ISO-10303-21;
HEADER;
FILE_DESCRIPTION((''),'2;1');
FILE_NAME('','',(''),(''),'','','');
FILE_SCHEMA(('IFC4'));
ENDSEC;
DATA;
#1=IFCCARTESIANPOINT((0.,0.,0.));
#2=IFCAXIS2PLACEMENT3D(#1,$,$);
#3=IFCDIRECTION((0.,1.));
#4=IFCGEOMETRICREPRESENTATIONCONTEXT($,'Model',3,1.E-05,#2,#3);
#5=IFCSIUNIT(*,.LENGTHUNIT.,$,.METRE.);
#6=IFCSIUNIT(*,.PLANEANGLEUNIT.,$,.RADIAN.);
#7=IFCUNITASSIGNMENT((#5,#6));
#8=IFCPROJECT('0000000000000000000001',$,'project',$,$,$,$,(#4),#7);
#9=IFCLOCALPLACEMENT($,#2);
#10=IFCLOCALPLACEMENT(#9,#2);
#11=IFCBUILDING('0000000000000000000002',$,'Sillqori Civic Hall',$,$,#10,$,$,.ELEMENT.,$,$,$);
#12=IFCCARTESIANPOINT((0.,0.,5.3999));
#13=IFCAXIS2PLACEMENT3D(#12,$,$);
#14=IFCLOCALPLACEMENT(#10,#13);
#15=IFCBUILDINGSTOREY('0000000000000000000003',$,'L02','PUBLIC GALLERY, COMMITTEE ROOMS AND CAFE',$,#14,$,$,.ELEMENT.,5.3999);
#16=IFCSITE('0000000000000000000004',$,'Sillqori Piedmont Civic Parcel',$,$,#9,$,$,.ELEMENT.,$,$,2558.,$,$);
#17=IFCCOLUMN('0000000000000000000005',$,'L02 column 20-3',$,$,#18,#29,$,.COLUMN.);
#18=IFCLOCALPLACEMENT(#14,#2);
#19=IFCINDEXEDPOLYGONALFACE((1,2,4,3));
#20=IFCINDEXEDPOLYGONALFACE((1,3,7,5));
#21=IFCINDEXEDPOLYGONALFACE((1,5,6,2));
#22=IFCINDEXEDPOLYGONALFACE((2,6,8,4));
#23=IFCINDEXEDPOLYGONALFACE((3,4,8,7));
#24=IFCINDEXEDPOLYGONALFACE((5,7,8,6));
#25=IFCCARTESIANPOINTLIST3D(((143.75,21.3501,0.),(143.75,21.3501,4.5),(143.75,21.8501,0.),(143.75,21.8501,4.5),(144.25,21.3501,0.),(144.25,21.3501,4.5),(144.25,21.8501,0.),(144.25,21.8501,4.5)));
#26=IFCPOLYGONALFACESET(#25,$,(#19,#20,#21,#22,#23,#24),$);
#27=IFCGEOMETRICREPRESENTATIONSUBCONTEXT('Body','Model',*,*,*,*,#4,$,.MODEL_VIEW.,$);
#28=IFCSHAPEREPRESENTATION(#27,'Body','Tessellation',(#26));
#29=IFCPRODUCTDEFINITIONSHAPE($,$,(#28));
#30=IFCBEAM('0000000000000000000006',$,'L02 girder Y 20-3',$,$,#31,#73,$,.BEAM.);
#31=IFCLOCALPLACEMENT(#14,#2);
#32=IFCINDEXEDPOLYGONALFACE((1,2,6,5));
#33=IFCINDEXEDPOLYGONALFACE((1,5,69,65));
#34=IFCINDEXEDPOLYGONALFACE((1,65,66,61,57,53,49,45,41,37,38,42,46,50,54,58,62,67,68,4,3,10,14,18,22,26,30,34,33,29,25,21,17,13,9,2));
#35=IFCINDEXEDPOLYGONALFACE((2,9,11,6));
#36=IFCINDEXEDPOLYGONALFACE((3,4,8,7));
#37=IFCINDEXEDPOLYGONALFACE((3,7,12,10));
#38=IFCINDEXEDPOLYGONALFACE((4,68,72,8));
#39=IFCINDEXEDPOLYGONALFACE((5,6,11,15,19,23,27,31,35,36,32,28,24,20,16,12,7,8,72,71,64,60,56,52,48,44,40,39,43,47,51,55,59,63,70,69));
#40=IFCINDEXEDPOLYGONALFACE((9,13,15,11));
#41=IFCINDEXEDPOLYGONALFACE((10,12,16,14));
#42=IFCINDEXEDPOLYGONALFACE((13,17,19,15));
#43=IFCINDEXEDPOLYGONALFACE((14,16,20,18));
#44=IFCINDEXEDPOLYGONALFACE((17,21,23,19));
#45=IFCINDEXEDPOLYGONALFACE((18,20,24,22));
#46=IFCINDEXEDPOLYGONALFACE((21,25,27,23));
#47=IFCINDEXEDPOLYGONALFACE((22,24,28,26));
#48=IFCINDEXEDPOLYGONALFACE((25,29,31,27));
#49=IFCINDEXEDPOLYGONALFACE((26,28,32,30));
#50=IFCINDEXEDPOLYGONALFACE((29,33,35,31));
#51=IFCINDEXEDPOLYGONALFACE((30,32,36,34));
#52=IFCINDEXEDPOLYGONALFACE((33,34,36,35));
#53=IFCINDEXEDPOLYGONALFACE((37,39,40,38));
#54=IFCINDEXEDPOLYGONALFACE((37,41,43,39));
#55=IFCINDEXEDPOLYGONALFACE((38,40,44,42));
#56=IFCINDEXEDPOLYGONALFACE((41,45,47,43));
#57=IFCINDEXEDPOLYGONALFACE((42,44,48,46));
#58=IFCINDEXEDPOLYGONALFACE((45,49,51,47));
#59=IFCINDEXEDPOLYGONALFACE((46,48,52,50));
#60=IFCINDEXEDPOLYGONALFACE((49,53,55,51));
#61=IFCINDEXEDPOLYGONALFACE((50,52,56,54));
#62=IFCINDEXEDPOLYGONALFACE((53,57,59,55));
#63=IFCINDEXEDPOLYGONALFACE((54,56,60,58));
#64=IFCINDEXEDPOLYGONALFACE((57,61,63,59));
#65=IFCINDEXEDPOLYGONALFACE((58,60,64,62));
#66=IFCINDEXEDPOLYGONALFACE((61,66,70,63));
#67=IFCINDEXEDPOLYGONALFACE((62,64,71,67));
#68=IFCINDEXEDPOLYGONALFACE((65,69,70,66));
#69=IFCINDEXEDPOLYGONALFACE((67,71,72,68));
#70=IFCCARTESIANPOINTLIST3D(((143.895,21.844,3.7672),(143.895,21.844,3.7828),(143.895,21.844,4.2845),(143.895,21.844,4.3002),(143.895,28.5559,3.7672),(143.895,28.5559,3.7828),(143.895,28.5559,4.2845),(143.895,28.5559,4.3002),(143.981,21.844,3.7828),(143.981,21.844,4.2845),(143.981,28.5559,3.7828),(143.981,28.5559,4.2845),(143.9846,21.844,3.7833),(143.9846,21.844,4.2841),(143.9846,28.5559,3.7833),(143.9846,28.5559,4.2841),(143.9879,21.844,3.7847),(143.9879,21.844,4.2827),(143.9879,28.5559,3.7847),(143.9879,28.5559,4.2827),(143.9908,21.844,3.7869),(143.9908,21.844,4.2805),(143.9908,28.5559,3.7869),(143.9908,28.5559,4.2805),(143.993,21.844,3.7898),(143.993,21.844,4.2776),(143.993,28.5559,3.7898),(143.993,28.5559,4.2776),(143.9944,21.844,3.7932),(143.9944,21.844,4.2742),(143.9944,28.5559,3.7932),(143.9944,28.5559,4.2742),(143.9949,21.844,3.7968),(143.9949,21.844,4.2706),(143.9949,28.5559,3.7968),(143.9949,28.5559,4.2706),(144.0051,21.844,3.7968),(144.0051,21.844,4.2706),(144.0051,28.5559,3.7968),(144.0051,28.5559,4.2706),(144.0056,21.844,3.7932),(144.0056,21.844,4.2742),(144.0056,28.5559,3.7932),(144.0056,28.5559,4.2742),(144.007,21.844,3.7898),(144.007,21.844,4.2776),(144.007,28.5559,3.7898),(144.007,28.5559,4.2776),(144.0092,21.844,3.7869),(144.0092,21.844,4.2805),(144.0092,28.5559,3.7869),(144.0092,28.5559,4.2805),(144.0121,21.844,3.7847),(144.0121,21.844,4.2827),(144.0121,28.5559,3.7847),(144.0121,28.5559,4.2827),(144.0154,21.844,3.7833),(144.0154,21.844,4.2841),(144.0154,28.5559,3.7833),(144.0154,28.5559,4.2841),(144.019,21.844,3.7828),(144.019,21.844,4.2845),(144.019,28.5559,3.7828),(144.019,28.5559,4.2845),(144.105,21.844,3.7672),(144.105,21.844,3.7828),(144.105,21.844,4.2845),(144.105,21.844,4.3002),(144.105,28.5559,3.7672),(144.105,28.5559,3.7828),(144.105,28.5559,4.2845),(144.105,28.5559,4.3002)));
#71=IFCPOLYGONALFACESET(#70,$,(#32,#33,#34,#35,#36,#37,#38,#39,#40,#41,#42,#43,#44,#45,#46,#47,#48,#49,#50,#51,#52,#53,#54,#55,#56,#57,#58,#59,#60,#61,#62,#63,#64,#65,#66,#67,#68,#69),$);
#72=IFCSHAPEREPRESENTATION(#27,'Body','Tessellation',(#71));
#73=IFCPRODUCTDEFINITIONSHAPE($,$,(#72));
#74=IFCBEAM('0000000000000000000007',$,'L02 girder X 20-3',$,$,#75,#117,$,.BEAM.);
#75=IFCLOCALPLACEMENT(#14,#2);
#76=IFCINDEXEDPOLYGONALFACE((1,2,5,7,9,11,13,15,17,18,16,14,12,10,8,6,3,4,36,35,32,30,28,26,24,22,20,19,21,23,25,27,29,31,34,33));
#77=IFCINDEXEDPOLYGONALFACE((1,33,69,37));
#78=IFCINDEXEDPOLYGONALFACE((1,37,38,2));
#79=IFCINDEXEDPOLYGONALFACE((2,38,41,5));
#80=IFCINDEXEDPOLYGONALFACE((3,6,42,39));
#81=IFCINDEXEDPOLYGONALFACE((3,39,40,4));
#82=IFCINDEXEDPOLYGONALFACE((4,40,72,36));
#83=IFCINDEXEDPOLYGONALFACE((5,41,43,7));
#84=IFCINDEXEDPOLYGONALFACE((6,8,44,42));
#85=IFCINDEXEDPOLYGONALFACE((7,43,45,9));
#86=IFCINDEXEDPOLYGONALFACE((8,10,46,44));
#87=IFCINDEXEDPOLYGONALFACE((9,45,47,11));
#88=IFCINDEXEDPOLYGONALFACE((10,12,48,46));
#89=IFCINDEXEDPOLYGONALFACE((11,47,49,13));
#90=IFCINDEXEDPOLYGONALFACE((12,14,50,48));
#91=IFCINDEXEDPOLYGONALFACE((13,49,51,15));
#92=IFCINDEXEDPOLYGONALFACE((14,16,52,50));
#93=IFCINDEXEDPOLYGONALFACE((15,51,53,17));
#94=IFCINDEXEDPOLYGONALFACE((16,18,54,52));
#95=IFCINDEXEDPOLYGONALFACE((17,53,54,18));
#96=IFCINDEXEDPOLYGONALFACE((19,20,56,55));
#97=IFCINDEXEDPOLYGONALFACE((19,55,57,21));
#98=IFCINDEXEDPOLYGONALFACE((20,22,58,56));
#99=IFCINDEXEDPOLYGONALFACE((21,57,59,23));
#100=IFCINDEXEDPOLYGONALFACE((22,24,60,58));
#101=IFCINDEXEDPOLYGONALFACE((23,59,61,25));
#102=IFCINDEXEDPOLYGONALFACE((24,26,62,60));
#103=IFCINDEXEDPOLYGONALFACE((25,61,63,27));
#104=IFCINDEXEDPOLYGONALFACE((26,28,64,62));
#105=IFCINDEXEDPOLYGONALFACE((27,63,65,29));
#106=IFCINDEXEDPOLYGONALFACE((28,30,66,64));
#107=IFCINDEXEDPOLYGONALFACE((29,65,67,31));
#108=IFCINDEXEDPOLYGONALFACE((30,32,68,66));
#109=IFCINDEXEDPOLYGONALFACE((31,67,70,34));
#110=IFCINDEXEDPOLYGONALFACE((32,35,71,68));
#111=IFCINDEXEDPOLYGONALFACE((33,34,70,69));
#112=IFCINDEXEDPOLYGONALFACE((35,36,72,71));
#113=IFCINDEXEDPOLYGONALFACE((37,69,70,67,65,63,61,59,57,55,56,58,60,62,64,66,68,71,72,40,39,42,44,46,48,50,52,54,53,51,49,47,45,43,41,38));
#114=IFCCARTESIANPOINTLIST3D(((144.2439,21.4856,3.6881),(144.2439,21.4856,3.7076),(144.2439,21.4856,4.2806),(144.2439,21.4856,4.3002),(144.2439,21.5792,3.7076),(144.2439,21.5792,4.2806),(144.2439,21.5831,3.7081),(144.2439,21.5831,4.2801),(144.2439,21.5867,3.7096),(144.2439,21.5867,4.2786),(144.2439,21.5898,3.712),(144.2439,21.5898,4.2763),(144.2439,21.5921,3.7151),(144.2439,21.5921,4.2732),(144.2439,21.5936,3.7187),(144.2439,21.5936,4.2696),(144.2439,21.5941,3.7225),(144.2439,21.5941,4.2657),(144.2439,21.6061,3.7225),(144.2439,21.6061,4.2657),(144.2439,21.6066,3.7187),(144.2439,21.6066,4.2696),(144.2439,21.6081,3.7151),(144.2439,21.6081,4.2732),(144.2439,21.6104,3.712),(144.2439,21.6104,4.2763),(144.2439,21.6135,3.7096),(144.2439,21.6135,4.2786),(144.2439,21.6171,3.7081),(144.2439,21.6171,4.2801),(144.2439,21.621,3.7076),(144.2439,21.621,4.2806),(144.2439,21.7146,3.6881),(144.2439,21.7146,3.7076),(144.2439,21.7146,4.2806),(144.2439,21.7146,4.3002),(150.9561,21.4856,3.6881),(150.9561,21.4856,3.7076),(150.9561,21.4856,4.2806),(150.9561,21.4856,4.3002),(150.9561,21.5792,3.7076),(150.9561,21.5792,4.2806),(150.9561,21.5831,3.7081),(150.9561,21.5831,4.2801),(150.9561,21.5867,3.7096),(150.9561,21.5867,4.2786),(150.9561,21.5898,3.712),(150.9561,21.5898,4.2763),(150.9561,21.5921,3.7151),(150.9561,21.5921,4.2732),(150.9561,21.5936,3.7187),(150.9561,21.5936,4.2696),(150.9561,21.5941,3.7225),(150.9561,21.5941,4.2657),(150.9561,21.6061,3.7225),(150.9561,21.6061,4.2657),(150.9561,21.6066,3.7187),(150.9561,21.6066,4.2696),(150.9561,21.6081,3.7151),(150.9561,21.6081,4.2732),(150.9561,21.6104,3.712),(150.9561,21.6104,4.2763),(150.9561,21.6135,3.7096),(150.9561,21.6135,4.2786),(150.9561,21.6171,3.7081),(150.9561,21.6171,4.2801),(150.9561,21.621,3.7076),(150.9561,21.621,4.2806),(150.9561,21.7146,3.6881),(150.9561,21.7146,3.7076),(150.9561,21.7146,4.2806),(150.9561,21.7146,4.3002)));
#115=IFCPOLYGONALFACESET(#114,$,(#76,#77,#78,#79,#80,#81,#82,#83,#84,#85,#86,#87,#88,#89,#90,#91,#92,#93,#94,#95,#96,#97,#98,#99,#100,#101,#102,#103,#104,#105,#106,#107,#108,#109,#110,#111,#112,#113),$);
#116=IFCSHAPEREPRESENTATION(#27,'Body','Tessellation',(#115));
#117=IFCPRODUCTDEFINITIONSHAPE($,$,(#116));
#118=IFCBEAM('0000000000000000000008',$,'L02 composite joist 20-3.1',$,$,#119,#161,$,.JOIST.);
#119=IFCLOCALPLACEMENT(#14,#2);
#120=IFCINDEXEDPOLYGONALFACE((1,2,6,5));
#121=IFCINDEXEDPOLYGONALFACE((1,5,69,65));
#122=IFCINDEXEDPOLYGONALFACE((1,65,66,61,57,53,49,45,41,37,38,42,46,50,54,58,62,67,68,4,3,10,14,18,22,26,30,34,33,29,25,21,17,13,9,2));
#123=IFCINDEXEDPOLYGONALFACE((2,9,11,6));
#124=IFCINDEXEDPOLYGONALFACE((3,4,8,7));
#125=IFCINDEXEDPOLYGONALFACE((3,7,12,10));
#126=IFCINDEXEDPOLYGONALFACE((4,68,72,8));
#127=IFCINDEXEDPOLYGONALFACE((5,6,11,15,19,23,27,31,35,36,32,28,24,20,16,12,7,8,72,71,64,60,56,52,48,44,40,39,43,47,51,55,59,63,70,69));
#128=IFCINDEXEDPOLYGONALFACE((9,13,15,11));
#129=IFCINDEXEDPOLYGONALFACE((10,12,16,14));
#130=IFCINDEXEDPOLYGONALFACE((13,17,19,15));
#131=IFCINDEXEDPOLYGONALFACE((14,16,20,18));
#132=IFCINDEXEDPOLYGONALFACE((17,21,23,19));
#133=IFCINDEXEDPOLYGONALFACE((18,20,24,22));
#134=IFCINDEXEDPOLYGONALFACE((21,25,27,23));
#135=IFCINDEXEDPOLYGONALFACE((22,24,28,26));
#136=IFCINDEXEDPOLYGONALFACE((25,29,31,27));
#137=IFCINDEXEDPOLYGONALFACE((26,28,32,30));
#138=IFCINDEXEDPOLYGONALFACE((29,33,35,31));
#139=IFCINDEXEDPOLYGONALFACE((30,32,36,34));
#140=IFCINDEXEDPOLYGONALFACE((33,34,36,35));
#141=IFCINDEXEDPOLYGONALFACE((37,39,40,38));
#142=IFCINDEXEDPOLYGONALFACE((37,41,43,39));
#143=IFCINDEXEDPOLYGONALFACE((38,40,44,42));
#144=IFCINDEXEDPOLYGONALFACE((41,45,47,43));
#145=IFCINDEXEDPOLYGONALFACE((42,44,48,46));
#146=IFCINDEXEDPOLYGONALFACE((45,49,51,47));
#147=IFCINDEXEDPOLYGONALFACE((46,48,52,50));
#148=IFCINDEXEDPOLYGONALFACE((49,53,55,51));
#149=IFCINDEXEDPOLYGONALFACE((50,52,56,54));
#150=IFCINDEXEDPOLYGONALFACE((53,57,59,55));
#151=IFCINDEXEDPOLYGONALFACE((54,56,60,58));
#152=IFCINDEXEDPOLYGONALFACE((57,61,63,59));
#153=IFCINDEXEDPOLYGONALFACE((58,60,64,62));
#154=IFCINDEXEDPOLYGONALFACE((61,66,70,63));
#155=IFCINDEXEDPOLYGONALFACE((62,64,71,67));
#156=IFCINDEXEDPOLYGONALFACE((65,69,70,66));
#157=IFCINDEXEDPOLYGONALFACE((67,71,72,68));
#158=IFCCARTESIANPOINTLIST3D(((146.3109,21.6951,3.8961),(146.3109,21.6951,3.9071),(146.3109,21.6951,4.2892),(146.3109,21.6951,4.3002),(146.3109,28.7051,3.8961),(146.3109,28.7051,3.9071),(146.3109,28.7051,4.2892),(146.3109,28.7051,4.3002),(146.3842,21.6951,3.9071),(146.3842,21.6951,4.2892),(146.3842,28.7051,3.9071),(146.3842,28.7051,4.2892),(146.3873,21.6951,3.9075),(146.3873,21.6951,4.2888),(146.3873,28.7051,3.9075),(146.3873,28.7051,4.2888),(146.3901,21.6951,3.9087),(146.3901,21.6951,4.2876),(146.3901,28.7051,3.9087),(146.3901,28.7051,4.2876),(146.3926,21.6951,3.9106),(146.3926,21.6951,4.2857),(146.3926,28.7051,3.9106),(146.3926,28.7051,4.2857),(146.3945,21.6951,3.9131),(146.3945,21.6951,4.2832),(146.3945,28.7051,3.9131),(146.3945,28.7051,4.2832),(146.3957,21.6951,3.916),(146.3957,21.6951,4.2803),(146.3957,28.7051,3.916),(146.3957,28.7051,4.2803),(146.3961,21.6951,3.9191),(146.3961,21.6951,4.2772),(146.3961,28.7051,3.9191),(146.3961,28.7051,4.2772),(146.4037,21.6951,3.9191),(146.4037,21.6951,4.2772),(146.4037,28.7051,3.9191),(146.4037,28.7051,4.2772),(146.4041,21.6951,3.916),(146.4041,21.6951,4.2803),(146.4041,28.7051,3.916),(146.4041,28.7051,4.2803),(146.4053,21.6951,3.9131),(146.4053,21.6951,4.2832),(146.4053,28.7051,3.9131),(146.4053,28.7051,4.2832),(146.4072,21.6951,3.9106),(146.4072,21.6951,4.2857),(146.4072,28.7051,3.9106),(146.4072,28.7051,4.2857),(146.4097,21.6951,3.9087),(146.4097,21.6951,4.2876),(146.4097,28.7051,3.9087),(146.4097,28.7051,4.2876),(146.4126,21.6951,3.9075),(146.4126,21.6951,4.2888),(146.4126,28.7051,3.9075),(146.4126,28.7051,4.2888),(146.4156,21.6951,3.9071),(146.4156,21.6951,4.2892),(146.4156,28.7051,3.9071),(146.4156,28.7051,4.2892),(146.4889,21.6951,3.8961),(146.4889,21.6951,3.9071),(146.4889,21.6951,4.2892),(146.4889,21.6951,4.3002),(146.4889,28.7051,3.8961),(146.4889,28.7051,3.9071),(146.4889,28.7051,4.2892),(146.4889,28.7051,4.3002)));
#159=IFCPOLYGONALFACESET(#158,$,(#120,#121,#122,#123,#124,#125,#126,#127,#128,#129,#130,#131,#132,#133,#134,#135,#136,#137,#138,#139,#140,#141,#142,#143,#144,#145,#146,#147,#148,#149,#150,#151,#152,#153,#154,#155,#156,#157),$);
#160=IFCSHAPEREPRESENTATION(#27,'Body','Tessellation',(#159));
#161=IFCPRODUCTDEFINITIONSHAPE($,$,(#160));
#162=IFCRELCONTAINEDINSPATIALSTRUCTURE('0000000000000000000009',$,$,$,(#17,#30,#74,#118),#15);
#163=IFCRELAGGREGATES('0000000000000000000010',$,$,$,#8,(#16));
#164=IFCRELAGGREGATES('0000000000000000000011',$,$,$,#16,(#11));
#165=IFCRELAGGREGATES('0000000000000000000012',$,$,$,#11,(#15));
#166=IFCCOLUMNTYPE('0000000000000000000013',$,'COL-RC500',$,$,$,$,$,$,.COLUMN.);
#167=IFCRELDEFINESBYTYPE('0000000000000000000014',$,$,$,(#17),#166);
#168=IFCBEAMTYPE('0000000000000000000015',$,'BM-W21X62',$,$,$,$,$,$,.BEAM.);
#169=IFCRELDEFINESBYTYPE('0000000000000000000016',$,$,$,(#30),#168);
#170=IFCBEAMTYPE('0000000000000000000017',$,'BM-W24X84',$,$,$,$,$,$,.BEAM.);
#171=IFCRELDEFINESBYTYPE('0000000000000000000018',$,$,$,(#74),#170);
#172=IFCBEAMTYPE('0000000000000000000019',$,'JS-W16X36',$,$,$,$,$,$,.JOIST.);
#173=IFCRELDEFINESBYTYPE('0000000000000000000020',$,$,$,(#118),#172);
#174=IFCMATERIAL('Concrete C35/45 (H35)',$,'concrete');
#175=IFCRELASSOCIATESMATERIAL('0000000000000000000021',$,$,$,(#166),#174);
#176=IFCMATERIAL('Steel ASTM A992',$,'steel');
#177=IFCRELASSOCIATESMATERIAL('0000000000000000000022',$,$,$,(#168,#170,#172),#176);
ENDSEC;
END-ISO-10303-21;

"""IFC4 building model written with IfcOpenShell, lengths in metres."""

from ifc_helpers import new_model, si_unit, direction, frame, origin, origin_2d, place, context, subcontext, project, spatial, rectangle, i_section, extrude, material, material_profile, profile_set, type_object, element, save


model = new_model("IFC4")

# Units and contexts
model_context = context("Model", 3, precision=1e-05, world=origin(), true_north=direction((0.0, 1.0)))
body_context = subcontext(model_context, "Body", "Model", "MODEL_VIEW")
ifc_project = project(units=[si_unit("LENGTHUNIT", "METRE"), si_unit("PLANEANGLEUNIT", "RADIAN")], contexts=[model_context])

# Site, building, storey
site_placement = place(None, origin())
site = spatial("IfcSite", under=ifc_project, at=site_placement, Name="Sillqori Piedmont Civic Parcel", CompositionType="ELEMENT", RefElevation=2558.0)
building_placement = place(site_placement, origin())
building = spatial("IfcBuilding", under=site, at=building_placement, Name="Sillqori Civic Hall", CompositionType="ELEMENT")
storey_placement = place(building_placement, frame((0.0, 0.0, 5.3999)))
storey = spatial("IfcBuildingStorey", under=building, at=storey_placement, Name="L02", Description="PUBLIC GALLERY, COMMITTEE ROOMS AND CAFE", CompositionType="ELEMENT", Elevation=5.3999)

# Column
ifc_material_1 = material(Name="Concrete C35/45 (H35)", Category="concrete")
ifc_material_profile_1 = material_profile(ifc_material_1, rectangle(XDim=0.5, YDim=0.5, at=origin_2d()), Name="RC 500x500")
ifc_profile_set_1 = profile_set([ifc_material_profile_1], Name="Concrete C35/45 (H35)")
column_type = type_object("IfcColumnType", Name="COL-RC500", PredefinedType="COLUMN", material=ifc_profile_set_1)
column_placement = place(storey_placement, frame((144.0, 21.6001, 0.0), z_axis=(0.0, 0.0, 1.0), x_axis=(1.0, 0.0, 0.0)))
element("IfcColumn", 1, at=column_placement, inside=storey, type_object=column_type, Name="L02 column 20-3", PredefinedType="COLUMN", context=body_context, shape_type="SweptSolid", body=[
    extrude(rectangle(XDim=0.5, YDim=0.5, at=origin_2d()), origin(), (0.0, 0.0, 1.0), 4.5),
])

# Beams
ifc_material_2 = material(Name="Steel ASTM A992", Category="steel")
ifc_material_profile_2 = material_profile(ifc_material_2, i_section(OverallWidth=0.21, OverallDepth=0.533, WebThickness=0.0103, FlangeThickness=0.0156, FilletRadius=0.0139, at=origin_2d()), Name="W21X62")
ifc_profile_set_2 = profile_set([ifc_material_profile_2], Name="Steel ASTM A992")
beam_type_1 = type_object("IfcBeamType", Name="BM-W21X62", PredefinedType="BEAM", material=ifc_profile_set_2)
beam_1_placement = place(storey_placement, frame((144.0, 21.844, 4.0337), z_axis=(0.0, 1.0, 0.0), x_axis=(-1.0, 0.0, 0.0)))
element("IfcBeam", 2, at=beam_1_placement, inside=storey, type_object=beam_type_1, Name="L02 girder Y 20-3", PredefinedType="BEAM", context=body_context, shape_type="SweptSolid", body=[
    extrude(i_section(OverallWidth=0.21, OverallDepth=0.533, WebThickness=0.0103, FlangeThickness=0.0156, FilletRadius=0.0139, at=origin_2d()), origin(), (0.0, 0.0, 1.0), 6.7119),
])
ifc_material_profile_3 = material_profile(ifc_material_2, i_section(OverallWidth=0.229, OverallDepth=0.6121, WebThickness=0.012, FlangeThickness=0.0195, FilletRadius=0.0149, at=origin_2d()), Name="W24X84")
ifc_profile_set_3 = profile_set([ifc_material_profile_3], Name="Steel ASTM A992")
beam_type_2 = type_object("IfcBeamType", Name="BM-W24X84", PredefinedType="BEAM", material=ifc_profile_set_3)
beam_2_placement = place(storey_placement, frame((144.2439, 21.6001, 3.9941), z_axis=(1.0, 0.0, 0.0), x_axis=(0.0, 1.0, 0.0)))
element("IfcBeam", 3, at=beam_2_placement, inside=storey, type_object=beam_type_2, Name="L02 girder X 20-3", PredefinedType="BEAM", context=body_context, shape_type="SweptSolid", body=[
    extrude(i_section(OverallWidth=0.229, OverallDepth=0.6121, WebThickness=0.012, FlangeThickness=0.0195, FilletRadius=0.0149, at=origin_2d()), origin(), (0.0, 0.0, 1.0), 6.7122),
])
ifc_material_profile_4 = material_profile(ifc_material_2, i_section(OverallWidth=0.178, OverallDepth=0.4041, WebThickness=0.0076, FlangeThickness=0.011, FilletRadius=0.012, at=origin_2d()), Name="W16X36")
ifc_profile_set_4 = profile_set([ifc_material_profile_4], Name="Steel ASTM A992")
beam_type_3 = type_object("IfcBeamType", Name="JS-W16X36", PredefinedType="JOIST", material=ifc_profile_set_4)
for number, where, z_axis, x_axis, name in (
    (4, (146.3999, 21.6951, 4.0981), (0.0, 1.0, 0.0), (-1.0, 0.0, 0.0), "L02 composite joist 20-3.1"),
):
    element("IfcBeam", number, at=place(storey_placement, frame(where, z_axis=z_axis, x_axis=x_axis)), inside=storey, type_object=beam_type_3, Name=name, PredefinedType="JOIST", context=body_context, shape_type="SweptSolid", body=[
        extrude(i_section(OverallWidth=0.178, OverallDepth=0.4041, WebThickness=0.0076, FlangeThickness=0.011, FilletRadius=0.012, at=origin_2d()), origin(), (0.0, 0.0, 1.0), 7.01),
    ])

save(model, "model.ifc")
